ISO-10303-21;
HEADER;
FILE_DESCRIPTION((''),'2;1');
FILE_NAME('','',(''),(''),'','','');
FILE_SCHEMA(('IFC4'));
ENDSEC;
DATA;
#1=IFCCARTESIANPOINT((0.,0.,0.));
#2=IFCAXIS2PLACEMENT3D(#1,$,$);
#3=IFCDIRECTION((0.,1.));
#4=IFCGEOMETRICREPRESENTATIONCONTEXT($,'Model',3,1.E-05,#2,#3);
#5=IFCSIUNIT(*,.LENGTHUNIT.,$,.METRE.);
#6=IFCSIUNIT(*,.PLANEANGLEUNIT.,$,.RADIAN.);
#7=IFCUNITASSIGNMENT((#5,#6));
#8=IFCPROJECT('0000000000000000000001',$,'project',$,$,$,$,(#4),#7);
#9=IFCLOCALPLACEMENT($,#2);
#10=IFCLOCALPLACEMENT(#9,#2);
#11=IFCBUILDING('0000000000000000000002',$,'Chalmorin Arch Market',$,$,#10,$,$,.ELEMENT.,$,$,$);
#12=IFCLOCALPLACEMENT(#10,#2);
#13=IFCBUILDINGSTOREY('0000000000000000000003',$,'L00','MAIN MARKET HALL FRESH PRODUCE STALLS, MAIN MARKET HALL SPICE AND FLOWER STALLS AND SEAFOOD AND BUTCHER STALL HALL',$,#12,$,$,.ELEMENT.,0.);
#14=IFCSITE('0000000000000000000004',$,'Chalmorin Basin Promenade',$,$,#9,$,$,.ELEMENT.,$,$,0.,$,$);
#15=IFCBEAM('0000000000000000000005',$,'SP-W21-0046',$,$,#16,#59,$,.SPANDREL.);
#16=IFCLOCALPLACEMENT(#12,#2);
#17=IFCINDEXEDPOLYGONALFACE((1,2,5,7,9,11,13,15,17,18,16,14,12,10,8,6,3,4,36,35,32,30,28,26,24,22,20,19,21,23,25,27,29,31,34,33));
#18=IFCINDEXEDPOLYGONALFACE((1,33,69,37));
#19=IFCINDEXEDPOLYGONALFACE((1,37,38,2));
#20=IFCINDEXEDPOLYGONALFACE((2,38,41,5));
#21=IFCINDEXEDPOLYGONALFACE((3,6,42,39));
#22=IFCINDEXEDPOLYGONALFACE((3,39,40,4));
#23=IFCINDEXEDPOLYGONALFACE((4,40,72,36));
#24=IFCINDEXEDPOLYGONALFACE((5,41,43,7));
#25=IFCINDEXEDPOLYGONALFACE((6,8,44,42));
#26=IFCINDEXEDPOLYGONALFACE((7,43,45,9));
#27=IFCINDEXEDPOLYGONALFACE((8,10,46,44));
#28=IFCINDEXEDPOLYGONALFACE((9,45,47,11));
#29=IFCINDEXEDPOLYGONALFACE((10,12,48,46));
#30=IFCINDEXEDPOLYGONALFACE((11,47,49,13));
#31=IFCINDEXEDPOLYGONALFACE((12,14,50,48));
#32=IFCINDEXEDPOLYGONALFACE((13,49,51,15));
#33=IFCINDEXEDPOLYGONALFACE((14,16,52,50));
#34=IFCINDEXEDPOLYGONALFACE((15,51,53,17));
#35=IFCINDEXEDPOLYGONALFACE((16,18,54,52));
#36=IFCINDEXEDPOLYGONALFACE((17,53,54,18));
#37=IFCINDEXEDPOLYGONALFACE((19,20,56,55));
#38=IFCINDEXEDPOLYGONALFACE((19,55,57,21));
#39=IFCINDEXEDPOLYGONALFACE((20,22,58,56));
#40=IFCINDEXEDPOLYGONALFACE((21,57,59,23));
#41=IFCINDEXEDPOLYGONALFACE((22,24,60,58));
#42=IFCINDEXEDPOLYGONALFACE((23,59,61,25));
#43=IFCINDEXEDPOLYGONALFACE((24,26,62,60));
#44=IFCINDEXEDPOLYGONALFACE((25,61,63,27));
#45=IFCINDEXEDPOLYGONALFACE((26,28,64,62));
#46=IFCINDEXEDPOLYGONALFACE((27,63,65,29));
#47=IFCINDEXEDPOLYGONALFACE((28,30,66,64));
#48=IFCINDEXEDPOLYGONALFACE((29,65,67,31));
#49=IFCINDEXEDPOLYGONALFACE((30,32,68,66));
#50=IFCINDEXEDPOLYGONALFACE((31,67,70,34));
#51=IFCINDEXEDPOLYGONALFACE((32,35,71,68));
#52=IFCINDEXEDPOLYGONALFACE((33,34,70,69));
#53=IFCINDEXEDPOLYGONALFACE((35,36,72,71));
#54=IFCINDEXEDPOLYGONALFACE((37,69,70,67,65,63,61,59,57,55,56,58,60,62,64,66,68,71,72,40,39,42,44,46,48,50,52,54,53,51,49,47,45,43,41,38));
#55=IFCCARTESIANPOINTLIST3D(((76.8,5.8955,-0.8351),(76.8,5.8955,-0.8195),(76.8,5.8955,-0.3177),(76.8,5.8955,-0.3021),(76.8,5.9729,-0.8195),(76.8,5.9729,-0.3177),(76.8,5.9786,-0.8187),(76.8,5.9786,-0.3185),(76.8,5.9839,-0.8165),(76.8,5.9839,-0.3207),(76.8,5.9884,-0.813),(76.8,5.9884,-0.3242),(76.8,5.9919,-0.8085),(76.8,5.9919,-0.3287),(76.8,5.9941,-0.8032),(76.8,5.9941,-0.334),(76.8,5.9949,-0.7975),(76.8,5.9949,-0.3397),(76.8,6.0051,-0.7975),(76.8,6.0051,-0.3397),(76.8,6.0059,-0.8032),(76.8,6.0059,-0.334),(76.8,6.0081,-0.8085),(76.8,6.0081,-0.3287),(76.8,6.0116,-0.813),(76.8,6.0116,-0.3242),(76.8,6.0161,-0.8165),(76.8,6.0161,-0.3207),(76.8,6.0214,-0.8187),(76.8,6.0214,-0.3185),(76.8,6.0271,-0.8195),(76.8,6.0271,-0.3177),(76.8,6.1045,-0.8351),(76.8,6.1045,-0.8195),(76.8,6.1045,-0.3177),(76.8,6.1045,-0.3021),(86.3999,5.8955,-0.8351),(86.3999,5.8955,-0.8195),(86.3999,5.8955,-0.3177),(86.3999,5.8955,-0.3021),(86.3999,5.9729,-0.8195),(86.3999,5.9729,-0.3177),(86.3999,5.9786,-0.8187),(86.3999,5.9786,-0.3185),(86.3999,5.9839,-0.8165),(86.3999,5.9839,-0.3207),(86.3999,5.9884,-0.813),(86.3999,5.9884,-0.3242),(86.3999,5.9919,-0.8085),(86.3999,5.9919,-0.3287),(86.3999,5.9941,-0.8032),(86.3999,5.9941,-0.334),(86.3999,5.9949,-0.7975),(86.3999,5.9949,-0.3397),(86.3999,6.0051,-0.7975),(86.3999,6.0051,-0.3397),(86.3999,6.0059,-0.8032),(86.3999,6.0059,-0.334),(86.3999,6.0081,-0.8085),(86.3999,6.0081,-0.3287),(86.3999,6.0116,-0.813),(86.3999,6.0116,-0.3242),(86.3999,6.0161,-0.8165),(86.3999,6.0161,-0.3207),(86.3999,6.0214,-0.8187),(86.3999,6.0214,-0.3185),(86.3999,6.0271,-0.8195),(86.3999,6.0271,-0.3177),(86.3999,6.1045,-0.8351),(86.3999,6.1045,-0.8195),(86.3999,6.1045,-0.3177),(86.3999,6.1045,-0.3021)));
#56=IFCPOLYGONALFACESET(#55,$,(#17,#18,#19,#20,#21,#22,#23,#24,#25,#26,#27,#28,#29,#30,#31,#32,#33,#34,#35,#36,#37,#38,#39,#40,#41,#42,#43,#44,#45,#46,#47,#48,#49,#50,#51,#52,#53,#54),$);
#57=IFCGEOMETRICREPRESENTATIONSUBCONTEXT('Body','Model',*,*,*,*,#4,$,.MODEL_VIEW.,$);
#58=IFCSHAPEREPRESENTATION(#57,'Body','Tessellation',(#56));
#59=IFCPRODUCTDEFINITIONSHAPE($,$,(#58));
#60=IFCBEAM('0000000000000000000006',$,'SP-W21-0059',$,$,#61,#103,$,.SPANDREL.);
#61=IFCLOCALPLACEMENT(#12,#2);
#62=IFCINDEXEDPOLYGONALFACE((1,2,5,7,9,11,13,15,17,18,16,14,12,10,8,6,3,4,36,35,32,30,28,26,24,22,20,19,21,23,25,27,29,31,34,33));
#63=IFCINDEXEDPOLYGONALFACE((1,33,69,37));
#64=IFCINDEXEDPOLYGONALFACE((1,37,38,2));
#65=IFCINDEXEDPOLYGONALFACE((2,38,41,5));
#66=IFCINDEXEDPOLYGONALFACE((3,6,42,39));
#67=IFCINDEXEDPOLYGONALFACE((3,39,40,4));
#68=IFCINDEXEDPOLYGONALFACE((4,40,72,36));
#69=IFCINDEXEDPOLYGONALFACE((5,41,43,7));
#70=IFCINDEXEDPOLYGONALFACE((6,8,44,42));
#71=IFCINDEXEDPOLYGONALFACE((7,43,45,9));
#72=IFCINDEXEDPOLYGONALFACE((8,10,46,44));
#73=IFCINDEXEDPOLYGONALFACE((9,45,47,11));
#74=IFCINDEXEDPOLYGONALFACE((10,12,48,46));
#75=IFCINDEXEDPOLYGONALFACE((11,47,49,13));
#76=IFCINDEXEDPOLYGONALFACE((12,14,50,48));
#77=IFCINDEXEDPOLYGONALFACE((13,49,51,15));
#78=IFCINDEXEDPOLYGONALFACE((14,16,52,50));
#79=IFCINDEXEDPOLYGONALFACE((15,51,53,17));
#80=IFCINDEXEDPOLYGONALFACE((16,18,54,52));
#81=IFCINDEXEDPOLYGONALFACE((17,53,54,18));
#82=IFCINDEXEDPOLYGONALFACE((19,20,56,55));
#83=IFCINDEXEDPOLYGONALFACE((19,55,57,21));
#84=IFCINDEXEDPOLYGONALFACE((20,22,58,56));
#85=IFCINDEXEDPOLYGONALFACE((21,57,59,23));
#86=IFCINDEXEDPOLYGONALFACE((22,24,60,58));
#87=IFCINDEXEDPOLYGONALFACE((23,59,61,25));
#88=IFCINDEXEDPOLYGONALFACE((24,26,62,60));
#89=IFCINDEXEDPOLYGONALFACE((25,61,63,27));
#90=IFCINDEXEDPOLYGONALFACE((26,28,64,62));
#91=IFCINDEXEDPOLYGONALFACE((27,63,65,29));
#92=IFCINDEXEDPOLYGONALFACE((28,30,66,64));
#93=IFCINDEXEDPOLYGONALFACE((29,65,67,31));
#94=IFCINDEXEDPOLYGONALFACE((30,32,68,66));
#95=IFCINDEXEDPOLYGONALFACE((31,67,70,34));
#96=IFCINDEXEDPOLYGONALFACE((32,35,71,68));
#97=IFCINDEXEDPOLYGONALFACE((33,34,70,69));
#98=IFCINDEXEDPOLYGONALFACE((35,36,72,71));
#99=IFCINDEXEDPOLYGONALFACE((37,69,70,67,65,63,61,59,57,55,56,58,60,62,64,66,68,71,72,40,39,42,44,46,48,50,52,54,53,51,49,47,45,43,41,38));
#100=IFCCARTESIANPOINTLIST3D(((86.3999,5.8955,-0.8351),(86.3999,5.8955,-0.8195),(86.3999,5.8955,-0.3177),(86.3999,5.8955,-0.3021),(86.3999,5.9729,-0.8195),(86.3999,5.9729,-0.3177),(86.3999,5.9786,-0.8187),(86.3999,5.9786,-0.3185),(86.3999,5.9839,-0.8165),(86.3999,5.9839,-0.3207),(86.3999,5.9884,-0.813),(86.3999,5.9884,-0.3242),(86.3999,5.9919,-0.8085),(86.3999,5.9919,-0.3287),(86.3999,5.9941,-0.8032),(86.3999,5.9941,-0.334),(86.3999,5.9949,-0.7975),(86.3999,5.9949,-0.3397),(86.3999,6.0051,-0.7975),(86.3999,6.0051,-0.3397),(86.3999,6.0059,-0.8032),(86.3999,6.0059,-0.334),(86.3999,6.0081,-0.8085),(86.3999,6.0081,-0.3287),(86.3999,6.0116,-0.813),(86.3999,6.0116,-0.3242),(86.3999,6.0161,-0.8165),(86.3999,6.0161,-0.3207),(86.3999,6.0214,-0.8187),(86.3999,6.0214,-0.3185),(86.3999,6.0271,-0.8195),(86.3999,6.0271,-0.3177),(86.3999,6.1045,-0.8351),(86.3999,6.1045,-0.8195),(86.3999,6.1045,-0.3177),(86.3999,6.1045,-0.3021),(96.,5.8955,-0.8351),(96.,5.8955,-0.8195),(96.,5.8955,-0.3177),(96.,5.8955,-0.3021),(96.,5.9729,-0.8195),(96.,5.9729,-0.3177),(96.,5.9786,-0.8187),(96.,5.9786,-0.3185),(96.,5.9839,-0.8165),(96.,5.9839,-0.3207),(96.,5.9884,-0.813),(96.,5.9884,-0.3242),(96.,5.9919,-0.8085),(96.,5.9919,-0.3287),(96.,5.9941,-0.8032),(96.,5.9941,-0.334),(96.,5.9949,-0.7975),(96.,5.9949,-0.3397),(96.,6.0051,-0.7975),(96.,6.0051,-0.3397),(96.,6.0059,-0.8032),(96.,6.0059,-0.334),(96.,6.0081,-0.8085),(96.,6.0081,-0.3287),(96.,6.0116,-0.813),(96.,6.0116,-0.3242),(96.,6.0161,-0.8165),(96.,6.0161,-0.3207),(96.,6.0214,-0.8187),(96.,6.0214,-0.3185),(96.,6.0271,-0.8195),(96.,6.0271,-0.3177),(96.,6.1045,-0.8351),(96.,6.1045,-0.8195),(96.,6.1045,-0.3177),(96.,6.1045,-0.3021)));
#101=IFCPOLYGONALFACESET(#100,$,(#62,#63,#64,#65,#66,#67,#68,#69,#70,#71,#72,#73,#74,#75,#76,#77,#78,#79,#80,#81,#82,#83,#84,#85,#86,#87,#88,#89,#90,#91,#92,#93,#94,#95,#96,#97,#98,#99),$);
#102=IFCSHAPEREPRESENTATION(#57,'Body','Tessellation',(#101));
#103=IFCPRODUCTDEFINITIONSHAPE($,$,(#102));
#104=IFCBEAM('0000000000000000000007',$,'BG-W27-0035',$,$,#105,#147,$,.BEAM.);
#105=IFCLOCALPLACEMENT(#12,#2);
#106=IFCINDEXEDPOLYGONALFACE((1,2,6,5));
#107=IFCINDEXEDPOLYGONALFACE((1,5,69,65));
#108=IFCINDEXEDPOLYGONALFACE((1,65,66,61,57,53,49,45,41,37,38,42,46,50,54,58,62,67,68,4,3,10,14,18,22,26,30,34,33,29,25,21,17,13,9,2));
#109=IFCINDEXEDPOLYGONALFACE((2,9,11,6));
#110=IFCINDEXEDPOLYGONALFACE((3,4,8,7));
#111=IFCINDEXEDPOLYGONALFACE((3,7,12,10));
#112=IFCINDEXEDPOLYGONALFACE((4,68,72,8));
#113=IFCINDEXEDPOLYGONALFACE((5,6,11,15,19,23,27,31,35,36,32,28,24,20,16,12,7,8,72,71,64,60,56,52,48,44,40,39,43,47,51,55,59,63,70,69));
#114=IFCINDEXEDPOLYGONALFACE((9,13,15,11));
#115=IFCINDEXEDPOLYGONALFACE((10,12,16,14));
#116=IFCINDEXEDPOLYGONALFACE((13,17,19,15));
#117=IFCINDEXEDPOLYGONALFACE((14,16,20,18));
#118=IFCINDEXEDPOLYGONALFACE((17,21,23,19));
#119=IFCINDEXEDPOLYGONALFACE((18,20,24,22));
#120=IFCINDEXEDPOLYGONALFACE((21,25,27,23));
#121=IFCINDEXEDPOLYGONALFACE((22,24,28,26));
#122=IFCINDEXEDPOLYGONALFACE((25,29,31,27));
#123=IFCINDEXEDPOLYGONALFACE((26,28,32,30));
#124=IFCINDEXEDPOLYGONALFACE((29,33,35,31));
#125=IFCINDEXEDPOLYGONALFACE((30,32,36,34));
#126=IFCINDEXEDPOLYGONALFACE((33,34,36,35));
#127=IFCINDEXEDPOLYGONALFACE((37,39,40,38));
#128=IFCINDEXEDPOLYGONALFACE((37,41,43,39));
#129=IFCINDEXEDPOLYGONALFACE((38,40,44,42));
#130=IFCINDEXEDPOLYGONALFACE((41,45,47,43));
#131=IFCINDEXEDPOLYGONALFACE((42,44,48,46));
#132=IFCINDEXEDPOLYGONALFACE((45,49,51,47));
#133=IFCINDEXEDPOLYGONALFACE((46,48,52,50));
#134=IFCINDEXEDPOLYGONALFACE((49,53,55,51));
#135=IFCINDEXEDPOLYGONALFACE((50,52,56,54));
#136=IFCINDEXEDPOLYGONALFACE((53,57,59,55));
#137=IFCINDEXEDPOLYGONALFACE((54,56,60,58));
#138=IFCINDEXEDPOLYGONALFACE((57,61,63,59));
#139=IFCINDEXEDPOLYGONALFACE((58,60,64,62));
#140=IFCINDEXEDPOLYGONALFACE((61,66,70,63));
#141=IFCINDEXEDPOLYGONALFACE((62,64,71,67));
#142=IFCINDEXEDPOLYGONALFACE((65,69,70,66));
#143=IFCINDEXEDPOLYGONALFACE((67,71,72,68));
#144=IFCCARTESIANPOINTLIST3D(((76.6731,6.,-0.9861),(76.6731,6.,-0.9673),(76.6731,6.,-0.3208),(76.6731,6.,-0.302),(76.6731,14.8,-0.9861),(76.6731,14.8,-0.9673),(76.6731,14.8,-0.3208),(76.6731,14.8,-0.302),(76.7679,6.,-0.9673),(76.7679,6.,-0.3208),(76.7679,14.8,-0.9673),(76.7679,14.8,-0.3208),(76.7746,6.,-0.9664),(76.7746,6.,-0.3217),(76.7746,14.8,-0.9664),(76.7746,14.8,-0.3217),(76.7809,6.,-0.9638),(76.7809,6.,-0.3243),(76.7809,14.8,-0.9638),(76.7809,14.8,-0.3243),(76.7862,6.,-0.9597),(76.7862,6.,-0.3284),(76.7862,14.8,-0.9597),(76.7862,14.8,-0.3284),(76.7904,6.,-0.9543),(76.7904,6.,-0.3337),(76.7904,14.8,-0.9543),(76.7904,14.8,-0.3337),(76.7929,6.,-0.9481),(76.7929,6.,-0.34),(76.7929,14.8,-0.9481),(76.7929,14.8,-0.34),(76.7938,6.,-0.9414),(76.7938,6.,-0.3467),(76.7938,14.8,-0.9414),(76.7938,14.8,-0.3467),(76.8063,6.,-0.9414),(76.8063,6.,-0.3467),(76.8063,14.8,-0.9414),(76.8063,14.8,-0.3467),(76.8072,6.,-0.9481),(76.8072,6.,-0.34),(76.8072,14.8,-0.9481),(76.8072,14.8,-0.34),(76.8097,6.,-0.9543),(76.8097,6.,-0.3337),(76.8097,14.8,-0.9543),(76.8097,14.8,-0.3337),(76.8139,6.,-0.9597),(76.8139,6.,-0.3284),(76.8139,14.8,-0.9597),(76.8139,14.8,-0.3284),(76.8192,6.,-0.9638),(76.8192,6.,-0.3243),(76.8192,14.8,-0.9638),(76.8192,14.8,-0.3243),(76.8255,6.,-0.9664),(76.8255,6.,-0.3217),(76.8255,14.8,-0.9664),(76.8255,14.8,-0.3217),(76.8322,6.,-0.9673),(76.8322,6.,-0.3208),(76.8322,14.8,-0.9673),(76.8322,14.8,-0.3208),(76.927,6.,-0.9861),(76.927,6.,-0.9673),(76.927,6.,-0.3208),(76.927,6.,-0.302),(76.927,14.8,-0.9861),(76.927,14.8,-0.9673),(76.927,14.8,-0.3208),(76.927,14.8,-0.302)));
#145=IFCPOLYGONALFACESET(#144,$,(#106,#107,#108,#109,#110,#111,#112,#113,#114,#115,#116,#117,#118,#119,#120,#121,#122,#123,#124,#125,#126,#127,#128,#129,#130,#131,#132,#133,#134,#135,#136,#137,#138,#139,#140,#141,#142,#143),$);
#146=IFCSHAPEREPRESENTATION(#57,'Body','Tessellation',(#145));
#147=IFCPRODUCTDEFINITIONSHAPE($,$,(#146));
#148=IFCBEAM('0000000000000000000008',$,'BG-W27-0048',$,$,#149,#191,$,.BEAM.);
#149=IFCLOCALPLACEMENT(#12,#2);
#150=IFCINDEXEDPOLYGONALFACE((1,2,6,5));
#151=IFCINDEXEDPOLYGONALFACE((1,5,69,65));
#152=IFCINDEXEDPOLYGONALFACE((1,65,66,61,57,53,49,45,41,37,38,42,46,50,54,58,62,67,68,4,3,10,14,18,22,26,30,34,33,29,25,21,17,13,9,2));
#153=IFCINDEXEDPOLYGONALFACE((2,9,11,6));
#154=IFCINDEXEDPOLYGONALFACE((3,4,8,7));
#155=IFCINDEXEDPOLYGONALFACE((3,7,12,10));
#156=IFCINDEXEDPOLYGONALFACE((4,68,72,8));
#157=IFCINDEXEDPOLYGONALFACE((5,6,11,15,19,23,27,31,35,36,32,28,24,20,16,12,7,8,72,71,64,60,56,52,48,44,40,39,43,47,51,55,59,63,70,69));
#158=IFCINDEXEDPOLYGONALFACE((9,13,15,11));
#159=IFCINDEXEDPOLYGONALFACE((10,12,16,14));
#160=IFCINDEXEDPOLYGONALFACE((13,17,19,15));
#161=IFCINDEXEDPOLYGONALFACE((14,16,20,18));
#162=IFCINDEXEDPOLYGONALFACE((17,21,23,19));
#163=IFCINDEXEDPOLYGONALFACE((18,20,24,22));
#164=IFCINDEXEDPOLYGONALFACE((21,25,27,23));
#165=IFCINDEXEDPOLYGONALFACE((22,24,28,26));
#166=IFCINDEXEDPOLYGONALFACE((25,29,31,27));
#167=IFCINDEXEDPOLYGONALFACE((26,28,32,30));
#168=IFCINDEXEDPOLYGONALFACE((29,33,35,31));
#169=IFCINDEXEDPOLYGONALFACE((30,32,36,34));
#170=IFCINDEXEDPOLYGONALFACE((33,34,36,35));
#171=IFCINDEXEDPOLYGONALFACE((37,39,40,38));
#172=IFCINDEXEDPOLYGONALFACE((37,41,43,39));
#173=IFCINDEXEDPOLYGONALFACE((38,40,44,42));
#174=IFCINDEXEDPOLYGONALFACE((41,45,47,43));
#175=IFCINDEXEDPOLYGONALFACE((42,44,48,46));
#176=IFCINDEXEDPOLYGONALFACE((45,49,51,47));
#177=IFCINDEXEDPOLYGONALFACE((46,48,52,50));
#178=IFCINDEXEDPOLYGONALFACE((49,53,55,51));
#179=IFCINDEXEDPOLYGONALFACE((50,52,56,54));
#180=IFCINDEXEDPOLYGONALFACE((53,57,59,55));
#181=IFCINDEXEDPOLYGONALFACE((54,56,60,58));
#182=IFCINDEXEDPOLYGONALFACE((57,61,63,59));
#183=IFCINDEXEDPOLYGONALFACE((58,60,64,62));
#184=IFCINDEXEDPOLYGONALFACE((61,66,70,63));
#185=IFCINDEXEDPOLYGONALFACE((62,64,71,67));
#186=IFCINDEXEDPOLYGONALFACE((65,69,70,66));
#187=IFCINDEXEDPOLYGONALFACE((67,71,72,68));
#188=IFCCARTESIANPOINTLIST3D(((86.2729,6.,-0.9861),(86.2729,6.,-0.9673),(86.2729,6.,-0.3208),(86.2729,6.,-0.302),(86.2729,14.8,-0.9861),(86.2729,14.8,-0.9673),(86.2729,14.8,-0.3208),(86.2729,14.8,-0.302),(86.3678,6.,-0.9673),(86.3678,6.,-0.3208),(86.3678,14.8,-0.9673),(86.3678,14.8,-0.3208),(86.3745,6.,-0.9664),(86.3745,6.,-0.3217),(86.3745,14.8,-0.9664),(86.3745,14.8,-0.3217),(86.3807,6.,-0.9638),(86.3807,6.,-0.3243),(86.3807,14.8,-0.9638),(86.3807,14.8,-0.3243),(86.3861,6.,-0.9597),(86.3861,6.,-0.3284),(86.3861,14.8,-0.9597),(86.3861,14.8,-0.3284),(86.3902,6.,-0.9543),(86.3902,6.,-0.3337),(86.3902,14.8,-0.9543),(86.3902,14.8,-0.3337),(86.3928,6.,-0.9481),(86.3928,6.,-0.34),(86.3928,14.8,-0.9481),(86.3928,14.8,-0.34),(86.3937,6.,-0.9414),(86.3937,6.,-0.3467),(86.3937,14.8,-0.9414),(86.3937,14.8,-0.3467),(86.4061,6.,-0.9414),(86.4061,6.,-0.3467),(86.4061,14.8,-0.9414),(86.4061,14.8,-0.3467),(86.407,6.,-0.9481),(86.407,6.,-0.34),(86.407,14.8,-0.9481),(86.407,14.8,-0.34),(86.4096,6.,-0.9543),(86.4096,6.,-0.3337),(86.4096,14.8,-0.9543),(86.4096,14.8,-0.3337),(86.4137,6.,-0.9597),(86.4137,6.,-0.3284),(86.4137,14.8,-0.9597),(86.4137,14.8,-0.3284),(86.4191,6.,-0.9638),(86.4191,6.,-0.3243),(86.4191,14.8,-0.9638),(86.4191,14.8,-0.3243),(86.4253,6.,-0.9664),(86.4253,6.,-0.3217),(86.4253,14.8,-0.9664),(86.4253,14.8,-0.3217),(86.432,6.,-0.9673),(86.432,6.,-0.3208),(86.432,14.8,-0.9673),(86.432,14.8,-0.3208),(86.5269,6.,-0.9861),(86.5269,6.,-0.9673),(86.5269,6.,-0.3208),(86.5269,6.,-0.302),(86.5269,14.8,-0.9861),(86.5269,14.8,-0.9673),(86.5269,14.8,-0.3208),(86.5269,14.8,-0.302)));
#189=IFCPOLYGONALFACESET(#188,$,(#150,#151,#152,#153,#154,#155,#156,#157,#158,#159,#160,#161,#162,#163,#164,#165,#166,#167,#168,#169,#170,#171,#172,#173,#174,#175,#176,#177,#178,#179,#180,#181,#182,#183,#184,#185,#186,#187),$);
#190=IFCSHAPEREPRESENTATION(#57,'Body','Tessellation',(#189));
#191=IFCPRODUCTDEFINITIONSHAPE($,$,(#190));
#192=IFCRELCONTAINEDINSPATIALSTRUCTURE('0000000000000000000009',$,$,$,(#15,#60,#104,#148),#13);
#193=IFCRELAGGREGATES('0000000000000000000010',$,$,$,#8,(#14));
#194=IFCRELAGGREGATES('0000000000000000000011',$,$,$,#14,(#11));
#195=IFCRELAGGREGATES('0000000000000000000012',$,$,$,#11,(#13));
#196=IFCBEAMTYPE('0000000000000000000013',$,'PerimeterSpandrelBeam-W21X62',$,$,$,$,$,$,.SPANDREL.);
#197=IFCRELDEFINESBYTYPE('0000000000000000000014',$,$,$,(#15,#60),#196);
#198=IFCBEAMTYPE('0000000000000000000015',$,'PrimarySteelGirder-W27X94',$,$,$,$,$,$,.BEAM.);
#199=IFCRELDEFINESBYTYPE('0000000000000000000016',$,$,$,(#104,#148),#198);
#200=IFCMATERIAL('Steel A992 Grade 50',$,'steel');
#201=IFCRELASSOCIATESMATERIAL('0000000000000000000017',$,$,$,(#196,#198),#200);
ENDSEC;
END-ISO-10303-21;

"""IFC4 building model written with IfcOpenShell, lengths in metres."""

from ifc_helpers import new_model, si_unit, direction, frame, origin, origin_2d, place, context, subcontext, project, spatial, i_section, extrude, material, material_profile, profile_set, type_object, element, save


model = new_model("IFC4")

# Units and contexts
model_context = context("Model", 3, precision=1e-05, world=origin(), true_north=direction((0.0, 1.0)))
body_context = subcontext(model_context, "Body", "Model", "MODEL_VIEW")
ifc_project = project(units=[si_unit("LENGTHUNIT", "METRE"), si_unit("PLANEANGLEUNIT", "RADIAN")], contexts=[model_context])

# Site, building, storey
site_placement = place(None, origin())
site = spatial("IfcSite", under=ifc_project, at=site_placement, Name="Chalmorin Basin Promenade", CompositionType="ELEMENT", RefElevation=0.0)
building_placement = place(site_placement, origin())
building = spatial("IfcBuilding", under=site, at=building_placement, Name="Chalmorin Arch Market", CompositionType="ELEMENT")
storey_placement = place(building_placement, origin())
storey = spatial("IfcBuildingStorey", under=building, at=storey_placement, Name="L00", Description="MAIN MARKET HALL FRESH PRODUCE STALLS, MAIN MARKET HALL SPICE AND FLOWER STALLS AND SEAFOOD AND BUTCHER STALL HALL", CompositionType="ELEMENT", Elevation=0.0)

# Beams
ifc_material_1 = material(Name="Steel A992 Grade 50", Category="steel")
ifc_material_profile_1 = material_profile(ifc_material_1, i_section(OverallWidth=0.209, OverallDepth=0.533, WebThickness=0.0103, FlangeThickness=0.0156, FilletRadius=0.022, at=origin_2d()), Name="W21X62")
ifc_profile_set_1 = profile_set([ifc_material_profile_1], Name="Steel A992 Grade 50")
beam_type_1 = type_object("IfcBeamType", Name="PerimeterSpandrelBeam-W21X62", PredefinedType="SPANDREL", material=ifc_profile_set_1)
beam_1_placement = place(storey_placement, frame((76.8, 6.0, -0.5686), z_axis=(1.0, 0.0, 0.0), x_axis=(0.0, 1.0, 0.0)))
element("IfcBeam", 1, at=beam_1_placement, inside=storey, type_object=beam_type_1, Name="SP-W21-0046", PredefinedType="SPANDREL", context=body_context, shape_type="SweptSolid", body=[
    extrude(i_section(OverallWidth=0.209, OverallDepth=0.533, WebThickness=0.0103, FlangeThickness=0.0156, FilletRadius=0.022, at=origin_2d()), origin(), (0.0, 0.0, 1.0), 9.5999),
])
beam_2_placement = place(storey_placement, frame((86.3999, 6.0, -0.5686), z_axis=(1.0, 0.0, 0.0), x_axis=(0.0, 1.0, 0.0)))
element("IfcBeam", 2, at=beam_2_placement, inside=storey, type_object=beam_type_1, Name="SP-W21-0059", PredefinedType="SPANDREL", context=body_context, shape_type="SweptSolid", body=[
    extrude(i_section(OverallWidth=0.209, OverallDepth=0.533, WebThickness=0.0103, FlangeThickness=0.0156, FilletRadius=0.022, at=origin_2d()), origin(), (0.0, 0.0, 1.0), 9.6001),
])
ifc_material_profile_2 = material_profile(ifc_material_1, i_section(OverallWidth=0.2539, OverallDepth=0.6841, WebThickness=0.0125, FlangeThickness=0.0188, FilletRadius=0.0259, at=origin_2d()), Name="W27X94")
ifc_profile_set_2 = profile_set([ifc_material_profile_2], Name="Steel A992 Grade 50")
beam_type_2 = type_object("IfcBeamType", Name="PrimarySteelGirder-W27X94", PredefinedType="BEAM", material=ifc_profile_set_2)
for number, where, z_axis, x_axis, name in (
    (3, (76.8, 6.0, -0.644), (0.0, 1.0, 0.0), (-1.0, 0.0, 0.0), "BG-W27-0035"),
    (4, (86.3999, 6.0, -0.644), (0.0, 1.0, 0.0), (-1.0, 0.0, 0.0), "BG-W27-0048"),
):
    element("IfcBeam", number, at=place(storey_placement, frame(where, z_axis=z_axis, x_axis=x_axis)), inside=storey, type_object=beam_type_2, Name=name, PredefinedType="BEAM", context=body_context, shape_type="SweptSolid", body=[
        extrude(i_section(OverallWidth=0.2539, OverallDepth=0.6841, WebThickness=0.0125, FlangeThickness=0.0188, FilletRadius=0.0259, at=origin_2d()), origin(), (0.0, 0.0, 1.0), 8.8),
    ])

save(model, "model.ifc")
